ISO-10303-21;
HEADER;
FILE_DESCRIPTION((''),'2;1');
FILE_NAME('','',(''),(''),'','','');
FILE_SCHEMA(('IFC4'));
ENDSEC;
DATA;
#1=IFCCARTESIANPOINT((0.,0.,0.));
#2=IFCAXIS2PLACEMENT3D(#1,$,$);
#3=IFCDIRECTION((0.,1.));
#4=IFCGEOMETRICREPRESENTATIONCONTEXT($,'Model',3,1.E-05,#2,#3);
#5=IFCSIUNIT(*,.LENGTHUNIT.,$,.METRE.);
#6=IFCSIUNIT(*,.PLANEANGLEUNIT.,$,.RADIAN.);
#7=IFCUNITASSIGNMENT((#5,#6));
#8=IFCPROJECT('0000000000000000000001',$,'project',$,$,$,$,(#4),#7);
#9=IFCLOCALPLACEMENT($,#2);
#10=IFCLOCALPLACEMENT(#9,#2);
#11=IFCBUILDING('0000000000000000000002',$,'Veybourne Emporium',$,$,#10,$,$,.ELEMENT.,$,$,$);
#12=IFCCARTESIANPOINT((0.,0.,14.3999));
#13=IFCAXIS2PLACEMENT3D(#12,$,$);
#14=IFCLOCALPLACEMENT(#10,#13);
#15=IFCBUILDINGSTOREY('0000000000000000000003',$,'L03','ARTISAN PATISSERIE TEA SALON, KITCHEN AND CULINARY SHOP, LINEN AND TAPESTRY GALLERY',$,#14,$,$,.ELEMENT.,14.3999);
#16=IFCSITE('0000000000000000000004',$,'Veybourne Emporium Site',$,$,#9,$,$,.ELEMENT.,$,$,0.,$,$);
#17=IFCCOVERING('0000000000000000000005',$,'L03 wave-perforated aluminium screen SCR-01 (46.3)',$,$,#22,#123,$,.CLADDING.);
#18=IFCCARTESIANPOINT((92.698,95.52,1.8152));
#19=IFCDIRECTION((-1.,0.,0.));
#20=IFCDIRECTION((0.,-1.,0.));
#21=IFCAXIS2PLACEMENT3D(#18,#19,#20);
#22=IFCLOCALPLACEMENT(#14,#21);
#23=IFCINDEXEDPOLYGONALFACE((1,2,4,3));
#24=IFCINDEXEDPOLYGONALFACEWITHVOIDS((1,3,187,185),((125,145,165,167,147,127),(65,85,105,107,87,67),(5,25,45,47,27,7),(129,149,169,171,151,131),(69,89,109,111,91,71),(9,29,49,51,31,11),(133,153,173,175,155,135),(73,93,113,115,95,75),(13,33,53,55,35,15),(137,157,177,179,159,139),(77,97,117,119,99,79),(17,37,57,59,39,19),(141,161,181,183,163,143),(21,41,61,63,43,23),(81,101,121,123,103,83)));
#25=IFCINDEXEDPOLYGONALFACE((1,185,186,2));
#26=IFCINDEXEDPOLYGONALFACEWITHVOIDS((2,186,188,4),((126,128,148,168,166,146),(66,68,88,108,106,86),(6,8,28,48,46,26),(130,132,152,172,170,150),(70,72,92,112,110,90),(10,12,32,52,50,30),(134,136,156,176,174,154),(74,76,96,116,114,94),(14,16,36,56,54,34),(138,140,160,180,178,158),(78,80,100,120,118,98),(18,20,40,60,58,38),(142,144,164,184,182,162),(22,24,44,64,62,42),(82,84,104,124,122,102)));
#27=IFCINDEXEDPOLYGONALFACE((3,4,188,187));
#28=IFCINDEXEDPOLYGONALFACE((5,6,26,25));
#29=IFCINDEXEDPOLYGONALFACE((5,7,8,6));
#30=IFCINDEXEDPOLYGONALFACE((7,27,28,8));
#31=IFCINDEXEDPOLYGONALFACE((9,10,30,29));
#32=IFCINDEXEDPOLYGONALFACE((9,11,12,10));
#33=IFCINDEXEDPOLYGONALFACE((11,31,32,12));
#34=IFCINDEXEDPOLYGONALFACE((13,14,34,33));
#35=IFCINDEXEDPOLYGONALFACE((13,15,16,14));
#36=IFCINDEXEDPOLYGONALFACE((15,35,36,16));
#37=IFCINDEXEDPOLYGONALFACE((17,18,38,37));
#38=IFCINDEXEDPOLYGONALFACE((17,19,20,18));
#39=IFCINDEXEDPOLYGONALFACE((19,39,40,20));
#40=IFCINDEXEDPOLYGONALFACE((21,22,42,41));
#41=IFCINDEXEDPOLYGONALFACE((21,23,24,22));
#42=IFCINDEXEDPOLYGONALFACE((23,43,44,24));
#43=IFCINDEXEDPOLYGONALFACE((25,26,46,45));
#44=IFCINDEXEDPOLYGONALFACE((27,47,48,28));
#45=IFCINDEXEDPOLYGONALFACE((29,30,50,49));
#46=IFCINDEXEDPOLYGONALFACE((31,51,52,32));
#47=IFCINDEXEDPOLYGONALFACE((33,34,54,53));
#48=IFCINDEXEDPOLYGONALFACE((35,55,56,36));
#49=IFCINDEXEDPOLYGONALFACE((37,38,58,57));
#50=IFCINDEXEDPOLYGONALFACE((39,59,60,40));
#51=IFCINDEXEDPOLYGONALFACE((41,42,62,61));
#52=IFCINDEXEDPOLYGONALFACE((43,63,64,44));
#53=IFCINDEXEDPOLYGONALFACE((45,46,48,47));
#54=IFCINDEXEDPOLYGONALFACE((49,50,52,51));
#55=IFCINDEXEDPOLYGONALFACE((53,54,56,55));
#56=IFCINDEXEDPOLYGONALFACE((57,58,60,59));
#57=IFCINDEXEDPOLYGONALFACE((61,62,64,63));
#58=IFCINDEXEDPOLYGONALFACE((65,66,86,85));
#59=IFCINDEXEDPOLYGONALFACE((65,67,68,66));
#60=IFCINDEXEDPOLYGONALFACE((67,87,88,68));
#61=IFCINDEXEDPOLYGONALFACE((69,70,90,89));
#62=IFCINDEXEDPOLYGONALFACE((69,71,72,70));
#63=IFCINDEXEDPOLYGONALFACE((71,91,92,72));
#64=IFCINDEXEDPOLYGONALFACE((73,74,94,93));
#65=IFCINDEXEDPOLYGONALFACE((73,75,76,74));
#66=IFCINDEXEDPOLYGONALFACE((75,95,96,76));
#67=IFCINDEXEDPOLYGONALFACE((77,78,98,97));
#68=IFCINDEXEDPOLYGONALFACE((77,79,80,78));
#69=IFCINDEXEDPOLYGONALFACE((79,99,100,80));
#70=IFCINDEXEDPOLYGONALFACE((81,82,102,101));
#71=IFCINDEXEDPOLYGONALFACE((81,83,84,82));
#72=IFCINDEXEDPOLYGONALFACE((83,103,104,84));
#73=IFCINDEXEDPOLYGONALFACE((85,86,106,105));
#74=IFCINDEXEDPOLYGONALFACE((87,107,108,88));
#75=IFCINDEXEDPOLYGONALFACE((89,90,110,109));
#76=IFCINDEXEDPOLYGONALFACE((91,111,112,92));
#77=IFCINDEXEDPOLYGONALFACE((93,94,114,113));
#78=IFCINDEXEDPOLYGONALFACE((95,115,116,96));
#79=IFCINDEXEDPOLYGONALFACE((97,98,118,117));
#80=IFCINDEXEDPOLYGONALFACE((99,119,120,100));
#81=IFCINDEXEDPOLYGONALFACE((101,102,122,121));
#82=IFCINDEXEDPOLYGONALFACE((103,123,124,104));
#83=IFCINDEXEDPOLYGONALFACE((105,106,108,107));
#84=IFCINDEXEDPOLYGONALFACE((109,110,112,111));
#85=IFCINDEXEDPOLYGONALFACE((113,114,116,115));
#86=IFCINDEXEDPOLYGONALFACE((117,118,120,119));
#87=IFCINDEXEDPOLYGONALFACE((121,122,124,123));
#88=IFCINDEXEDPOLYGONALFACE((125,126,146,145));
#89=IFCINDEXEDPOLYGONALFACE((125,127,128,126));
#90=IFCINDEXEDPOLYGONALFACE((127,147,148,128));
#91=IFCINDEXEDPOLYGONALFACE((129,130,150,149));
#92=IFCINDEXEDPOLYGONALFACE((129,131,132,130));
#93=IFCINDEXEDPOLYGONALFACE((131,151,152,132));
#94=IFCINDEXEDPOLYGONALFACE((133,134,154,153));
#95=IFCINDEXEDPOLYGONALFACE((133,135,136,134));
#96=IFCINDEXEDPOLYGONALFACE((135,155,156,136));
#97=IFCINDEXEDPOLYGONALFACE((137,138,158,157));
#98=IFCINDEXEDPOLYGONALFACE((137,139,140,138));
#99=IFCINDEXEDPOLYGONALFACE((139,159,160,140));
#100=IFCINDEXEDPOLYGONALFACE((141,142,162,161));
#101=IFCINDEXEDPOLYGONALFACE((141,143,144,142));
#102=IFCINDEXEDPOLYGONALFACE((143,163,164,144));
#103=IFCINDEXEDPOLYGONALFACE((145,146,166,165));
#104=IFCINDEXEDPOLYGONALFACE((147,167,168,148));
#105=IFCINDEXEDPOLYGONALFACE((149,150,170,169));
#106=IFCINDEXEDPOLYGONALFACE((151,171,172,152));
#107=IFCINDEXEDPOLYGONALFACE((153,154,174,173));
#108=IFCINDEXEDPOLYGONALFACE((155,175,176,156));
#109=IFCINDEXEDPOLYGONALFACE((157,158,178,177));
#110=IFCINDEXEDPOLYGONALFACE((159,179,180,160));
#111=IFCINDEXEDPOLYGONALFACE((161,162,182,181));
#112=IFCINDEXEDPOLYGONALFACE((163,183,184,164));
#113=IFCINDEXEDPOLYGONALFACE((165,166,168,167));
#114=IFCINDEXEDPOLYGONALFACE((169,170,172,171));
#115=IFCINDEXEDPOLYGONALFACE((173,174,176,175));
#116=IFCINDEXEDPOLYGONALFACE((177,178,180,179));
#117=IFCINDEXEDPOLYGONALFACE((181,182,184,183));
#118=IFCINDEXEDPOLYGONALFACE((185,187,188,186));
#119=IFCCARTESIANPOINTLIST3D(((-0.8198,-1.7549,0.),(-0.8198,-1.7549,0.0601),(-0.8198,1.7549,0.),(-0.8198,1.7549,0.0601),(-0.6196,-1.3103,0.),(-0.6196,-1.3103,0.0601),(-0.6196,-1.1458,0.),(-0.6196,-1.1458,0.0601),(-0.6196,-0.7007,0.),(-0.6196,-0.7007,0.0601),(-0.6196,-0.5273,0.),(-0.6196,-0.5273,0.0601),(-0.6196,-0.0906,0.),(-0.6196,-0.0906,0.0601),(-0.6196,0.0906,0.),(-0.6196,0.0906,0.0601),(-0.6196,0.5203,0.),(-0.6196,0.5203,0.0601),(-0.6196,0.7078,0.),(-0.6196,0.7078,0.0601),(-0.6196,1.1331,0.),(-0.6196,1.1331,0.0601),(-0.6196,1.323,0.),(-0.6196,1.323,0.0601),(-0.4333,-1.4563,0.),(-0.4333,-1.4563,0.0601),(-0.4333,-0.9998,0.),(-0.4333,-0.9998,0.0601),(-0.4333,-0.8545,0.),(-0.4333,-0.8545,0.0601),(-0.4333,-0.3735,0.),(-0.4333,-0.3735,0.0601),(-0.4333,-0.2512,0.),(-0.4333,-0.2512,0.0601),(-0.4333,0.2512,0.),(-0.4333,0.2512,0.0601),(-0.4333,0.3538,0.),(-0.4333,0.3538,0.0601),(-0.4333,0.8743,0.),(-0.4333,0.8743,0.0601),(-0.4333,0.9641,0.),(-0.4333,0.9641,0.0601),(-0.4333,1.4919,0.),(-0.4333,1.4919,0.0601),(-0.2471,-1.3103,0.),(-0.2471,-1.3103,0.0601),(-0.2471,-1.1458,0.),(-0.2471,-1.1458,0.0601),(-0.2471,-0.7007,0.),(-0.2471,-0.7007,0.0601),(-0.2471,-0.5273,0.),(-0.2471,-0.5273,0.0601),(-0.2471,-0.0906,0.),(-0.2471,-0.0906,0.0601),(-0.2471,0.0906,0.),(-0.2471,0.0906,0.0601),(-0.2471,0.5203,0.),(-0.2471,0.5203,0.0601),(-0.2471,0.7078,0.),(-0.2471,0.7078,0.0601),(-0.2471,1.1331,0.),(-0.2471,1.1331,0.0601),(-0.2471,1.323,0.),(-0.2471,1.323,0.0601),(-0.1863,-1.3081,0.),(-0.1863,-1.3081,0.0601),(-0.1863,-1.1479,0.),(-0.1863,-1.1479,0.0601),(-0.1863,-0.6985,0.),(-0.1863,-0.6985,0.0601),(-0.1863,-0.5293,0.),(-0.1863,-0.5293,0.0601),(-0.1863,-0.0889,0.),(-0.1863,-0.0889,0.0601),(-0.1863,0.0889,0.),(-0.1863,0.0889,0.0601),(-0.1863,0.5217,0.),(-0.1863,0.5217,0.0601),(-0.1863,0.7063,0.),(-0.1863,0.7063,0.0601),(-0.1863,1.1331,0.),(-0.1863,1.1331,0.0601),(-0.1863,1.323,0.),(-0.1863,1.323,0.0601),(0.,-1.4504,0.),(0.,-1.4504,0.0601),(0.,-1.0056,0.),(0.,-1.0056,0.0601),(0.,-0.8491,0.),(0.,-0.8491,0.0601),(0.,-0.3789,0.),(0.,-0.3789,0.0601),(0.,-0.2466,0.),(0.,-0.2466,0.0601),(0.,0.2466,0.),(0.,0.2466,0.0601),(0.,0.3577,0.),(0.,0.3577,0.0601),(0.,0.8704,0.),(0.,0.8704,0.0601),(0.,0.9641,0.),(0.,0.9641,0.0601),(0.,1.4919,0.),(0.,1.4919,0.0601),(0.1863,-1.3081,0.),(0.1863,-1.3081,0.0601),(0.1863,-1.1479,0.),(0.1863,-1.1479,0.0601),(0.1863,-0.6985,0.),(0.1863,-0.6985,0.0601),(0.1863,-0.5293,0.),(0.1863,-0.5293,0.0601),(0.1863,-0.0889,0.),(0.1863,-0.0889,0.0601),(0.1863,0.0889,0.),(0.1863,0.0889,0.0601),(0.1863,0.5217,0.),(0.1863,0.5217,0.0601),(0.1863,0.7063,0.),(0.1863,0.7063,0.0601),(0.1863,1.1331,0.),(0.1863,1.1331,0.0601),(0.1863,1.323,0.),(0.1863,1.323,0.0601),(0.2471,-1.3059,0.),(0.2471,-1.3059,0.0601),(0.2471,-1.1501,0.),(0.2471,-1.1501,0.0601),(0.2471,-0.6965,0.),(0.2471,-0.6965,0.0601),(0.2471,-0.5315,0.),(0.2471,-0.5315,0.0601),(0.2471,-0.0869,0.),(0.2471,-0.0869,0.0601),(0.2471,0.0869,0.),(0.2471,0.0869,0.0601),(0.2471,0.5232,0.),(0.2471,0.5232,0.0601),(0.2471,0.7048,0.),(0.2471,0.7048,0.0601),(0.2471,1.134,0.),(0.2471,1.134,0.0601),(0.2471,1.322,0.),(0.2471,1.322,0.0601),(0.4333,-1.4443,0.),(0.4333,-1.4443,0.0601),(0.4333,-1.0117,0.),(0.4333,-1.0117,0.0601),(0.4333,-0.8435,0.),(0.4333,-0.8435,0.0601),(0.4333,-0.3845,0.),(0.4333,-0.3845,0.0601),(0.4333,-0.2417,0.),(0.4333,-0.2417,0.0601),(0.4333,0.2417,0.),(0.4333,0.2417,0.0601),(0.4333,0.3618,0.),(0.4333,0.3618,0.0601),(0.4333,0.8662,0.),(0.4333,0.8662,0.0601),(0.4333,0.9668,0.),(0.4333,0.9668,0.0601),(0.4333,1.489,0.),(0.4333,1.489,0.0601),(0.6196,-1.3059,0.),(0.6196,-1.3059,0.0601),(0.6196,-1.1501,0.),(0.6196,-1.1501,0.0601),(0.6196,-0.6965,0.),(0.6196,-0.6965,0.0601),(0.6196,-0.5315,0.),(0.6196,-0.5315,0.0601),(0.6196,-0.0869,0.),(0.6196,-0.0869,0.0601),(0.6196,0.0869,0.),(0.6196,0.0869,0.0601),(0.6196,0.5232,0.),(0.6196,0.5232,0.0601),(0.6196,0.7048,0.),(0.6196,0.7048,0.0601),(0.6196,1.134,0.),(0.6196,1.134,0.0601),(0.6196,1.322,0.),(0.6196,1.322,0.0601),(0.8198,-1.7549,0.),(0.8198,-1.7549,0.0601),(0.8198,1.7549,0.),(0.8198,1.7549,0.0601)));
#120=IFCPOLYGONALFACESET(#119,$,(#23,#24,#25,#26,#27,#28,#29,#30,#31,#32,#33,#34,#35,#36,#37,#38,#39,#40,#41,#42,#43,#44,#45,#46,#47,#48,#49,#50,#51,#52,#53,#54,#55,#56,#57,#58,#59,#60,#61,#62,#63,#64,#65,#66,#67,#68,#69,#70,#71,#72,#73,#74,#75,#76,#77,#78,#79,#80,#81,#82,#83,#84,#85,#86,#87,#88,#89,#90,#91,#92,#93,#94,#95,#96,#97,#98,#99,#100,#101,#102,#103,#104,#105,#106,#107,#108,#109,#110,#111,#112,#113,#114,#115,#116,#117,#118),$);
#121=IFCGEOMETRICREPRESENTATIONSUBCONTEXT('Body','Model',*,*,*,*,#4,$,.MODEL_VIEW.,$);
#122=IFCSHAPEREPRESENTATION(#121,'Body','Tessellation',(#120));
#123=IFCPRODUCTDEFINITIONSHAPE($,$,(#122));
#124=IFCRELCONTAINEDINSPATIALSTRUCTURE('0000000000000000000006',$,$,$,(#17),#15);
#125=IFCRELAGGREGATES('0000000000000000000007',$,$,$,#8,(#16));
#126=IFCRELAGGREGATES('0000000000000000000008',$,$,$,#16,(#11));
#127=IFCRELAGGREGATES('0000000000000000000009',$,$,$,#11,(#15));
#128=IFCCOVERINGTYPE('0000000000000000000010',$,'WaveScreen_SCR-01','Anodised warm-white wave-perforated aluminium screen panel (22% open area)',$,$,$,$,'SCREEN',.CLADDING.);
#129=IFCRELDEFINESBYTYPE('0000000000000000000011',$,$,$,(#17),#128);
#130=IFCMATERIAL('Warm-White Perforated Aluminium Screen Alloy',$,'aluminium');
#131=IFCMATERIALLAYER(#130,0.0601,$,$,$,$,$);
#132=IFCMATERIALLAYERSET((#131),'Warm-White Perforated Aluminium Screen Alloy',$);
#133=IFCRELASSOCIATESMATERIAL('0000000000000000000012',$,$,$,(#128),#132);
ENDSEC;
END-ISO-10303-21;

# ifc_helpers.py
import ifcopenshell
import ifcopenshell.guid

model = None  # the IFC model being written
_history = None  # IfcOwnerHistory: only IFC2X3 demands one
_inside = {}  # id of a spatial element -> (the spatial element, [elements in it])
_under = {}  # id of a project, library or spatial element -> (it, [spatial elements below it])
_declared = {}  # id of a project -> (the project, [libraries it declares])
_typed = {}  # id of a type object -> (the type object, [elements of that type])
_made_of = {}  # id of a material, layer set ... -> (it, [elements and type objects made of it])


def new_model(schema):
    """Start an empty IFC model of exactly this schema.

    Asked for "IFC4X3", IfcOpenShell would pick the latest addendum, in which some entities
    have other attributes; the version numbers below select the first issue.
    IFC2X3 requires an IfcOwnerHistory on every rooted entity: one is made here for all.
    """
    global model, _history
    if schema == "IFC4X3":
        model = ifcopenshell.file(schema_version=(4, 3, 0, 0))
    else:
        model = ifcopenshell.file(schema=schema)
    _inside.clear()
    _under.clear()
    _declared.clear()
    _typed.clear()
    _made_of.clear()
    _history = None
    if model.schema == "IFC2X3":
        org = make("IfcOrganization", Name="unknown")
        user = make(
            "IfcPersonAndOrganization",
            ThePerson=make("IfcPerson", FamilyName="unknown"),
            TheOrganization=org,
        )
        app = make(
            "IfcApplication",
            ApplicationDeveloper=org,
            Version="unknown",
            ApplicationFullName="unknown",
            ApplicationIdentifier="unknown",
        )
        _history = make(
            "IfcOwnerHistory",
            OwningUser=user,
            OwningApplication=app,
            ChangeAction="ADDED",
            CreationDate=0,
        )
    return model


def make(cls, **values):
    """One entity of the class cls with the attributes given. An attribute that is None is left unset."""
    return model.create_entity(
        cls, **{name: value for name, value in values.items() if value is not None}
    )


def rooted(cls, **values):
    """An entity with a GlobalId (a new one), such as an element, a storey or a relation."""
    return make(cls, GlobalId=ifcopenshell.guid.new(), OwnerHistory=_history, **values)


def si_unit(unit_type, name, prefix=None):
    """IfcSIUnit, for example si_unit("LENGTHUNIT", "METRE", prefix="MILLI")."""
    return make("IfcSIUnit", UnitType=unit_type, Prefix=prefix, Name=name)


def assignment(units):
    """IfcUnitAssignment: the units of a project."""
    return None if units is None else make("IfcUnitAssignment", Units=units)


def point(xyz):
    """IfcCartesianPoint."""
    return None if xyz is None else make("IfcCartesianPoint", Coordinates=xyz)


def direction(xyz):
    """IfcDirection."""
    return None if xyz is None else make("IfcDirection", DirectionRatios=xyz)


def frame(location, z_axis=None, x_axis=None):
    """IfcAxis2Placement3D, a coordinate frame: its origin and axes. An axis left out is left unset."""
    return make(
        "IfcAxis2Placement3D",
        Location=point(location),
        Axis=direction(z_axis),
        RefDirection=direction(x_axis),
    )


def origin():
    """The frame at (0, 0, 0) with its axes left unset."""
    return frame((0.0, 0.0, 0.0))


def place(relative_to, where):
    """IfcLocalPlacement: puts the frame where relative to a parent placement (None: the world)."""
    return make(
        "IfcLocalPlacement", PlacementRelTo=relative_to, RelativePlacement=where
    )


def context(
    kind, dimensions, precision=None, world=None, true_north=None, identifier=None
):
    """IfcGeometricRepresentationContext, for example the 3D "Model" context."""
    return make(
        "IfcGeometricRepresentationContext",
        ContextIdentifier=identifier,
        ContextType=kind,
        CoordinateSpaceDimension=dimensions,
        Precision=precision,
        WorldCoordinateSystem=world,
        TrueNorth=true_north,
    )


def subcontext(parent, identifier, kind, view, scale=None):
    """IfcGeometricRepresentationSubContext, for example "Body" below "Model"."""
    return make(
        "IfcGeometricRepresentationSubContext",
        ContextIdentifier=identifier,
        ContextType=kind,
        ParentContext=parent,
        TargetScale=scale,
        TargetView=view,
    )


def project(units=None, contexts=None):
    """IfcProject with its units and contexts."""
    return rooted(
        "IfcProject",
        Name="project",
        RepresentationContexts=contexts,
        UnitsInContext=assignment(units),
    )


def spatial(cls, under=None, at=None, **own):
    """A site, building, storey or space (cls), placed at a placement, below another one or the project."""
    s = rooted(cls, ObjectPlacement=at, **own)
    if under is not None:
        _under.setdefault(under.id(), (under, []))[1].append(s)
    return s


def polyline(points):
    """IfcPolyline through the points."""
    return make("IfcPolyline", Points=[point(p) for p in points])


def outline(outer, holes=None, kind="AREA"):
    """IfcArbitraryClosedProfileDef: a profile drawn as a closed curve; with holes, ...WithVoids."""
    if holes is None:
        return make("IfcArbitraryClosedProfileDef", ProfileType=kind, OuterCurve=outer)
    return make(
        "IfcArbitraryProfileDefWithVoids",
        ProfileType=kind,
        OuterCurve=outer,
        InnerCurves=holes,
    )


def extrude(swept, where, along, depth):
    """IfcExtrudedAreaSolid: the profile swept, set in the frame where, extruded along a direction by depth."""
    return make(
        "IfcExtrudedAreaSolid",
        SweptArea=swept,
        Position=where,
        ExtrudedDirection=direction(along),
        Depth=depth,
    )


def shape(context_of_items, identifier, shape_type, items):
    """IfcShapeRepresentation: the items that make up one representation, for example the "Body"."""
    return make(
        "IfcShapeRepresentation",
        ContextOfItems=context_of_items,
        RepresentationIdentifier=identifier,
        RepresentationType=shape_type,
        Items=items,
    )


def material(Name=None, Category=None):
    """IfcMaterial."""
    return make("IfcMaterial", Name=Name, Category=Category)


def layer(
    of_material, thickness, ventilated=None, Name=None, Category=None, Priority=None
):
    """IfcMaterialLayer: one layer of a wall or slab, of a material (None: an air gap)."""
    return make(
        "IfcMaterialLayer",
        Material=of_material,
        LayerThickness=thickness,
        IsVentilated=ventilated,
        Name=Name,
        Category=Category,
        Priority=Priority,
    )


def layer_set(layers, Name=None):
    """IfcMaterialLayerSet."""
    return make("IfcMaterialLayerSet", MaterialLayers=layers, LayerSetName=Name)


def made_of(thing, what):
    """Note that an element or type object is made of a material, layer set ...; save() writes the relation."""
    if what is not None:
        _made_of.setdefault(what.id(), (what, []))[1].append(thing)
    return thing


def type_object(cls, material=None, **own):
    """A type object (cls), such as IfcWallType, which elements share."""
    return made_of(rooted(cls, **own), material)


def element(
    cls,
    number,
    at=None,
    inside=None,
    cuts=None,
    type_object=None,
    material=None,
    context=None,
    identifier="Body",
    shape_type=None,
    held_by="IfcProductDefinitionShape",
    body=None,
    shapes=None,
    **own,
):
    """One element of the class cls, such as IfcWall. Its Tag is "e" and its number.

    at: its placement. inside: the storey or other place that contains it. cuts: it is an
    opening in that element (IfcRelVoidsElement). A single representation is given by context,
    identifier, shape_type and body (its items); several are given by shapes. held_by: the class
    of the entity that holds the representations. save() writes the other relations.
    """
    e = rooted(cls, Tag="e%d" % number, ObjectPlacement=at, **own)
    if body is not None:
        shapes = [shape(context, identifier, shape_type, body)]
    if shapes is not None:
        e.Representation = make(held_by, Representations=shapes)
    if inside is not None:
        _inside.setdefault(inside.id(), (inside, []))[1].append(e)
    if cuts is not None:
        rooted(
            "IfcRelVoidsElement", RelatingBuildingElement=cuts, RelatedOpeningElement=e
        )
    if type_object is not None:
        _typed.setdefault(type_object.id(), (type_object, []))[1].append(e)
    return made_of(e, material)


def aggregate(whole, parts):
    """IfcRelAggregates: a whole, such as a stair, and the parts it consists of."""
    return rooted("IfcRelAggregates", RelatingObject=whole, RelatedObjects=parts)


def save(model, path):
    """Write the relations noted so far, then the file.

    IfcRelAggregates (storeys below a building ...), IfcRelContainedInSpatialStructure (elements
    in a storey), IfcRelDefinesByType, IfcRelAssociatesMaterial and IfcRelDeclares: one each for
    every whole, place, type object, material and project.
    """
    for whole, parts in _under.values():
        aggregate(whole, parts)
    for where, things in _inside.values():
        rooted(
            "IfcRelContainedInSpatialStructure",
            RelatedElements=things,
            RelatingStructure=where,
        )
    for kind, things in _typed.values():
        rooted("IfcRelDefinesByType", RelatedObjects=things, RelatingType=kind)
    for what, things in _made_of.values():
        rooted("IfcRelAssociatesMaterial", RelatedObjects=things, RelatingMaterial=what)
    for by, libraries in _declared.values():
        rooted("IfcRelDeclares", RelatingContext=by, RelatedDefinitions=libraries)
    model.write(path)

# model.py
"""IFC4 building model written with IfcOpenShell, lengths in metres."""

from ifc_helpers import new_model, si_unit, direction, frame, origin, place, context, subcontext, project, spatial, polyline, outline, extrude, material, layer, layer_set, type_object, element, save


model = new_model("IFC4")

# Units and contexts
model_context = context("Model", 3, precision=1e-05, world=origin(), true_north=direction((0.0, 1.0)))
body_context = subcontext(model_context, "Body", "Model", "MODEL_VIEW")
ifc_project = project(units=[si_unit("LENGTHUNIT", "METRE"), si_unit("PLANEANGLEUNIT", "RADIAN")], contexts=[model_context])

# Site, building, storey
site_placement = place(None, origin())
site = spatial("IfcSite", under=ifc_project, at=site_placement, Name="Veybourne Emporium Site", CompositionType="ELEMENT", RefElevation=0.0)
building_placement = place(site_placement, origin())
building = spatial("IfcBuilding", under=site, at=building_placement, Name="Veybourne Emporium", CompositionType="ELEMENT")
storey_placement = place(building_placement, frame((0.0, 0.0, 14.3999)))
storey = spatial("IfcBuildingStorey", under=building, at=storey_placement, Name="L03", Description="ARTISAN PATISSERIE TEA SALON, KITCHEN AND CULINARY SHOP, LINEN AND TAPESTRY GALLERY", CompositionType="ELEMENT", Elevation=14.3999)

# Covering
ifc_material_1 = material(Name="Warm-White Perforated Aluminium Screen Alloy", Category="aluminium")
ifc_layer_1 = layer(ifc_material_1, 0.0601)
ifc_layer_set_1 = layer_set([ifc_layer_1], Name="Warm-White Perforated Aluminium Screen Alloy")
covering_type_1 = type_object("IfcCoveringType", Name="WaveScreen_SCR-01", Description="Anodised warm-white wave-perforated aluminium screen panel (22% open area)", ElementType="SCREEN", PredefinedType="CLADDING", material=ifc_layer_set_1)
covering_1_placement = place(storey_placement, frame((92.698, 95.52, 1.8152), z_axis=(-1.0, 0.0, 0.0), x_axis=(0.0, -1.0, 0.0)))
element("IfcCovering", 1, at=covering_1_placement, inside=storey, type_object=covering_type_1, Name="L03 wave-perforated aluminium screen SCR-01 (46.3)", PredefinedType="CLADDING", context=body_context, shape_type="SweptSolid", body=[
    extrude(outline(polyline([(-0.8198, -1.7549), (0.8198, -1.7549), (0.8198, 1.7549), (-0.8198, 1.7549), (-0.8198, -1.7549)]), holes=[polyline([(-0.4333, -0.9998), (-0.2471, -1.1458), (-0.2471, -1.3103), (-0.4333, -1.4563), (-0.6196, -1.3103), (-0.6196, -1.1458), (-0.4333, -0.9998)]), polyline([(-0.4333, -0.3735), (-0.2471, -0.5273), (-0.2471, -0.7007), (-0.4333, -0.8545), (-0.6196, -0.7007), (-0.6196, -0.5273), (-0.4333, -0.3735)]), polyline([(-0.4333, 0.2512), (-0.2471, 0.0906), (-0.2471, -0.0906), (-0.4333, -0.2512), (-0.6196, -0.0906), (-0.6196, 0.0906), (-0.4333, 0.2512)]), polyline([(-0.4333, 0.8743), (-0.2471, 0.7078), (-0.2471, 0.5203), (-0.4333, 0.3538), (-0.6196, 0.5203), (-0.6196, 0.7078), (-0.4333, 0.8743)]), polyline([(-0.4333, 1.4919), (-0.2471, 1.323), (-0.2471, 1.1331), (-0.4333, 0.9641), (-0.6196, 1.1331), (-0.6196, 1.323), (-0.4333, 1.4919)]), polyline([(0.0, -1.0056), (0.1863, -1.1479), (0.1863, -1.3081), (0.0, -1.4504), (-0.1863, -1.3081), (-0.1863, -1.1479), (0.0, -1.0056)]), polyline([(0.0, -0.3789), (0.1863, -0.5293), (0.1863, -0.6985), (0.0, -0.8491), (-0.1863, -0.6985), (-0.1863, -0.5293), (0.0, -0.3789)]), polyline([(0.0, 0.2466), (0.1863, 0.0889), (0.1863, -0.0889), (0.0, -0.2466), (-0.1863, -0.0889), (-0.1863, 0.0889), (0.0, 0.2466)]), polyline([(0.0, 0.8704), (0.1863, 0.7063), (0.1863, 0.5217), (0.0, 0.3577), (-0.1863, 0.5217), (-0.1863, 0.7063), (0.0, 0.8704)]), polyline([(0.0, 1.4919), (0.1863, 1.323), (0.1863, 1.1331), (0.0, 0.9641), (-0.1863, 1.1331), (-0.1863, 1.323), (0.0, 1.4919)]), polyline([(0.4333, -1.0117), (0.6196, -1.1501), (0.6196, -1.3059), (0.4333, -1.4443), (0.2471, -1.3059), (0.2471, -1.1501), (0.4333, -1.0117)]), polyline([(0.4333, -0.3845), (0.6196, -0.5315), (0.6196, -0.6965), (0.4333, -0.8435), (0.2471, -0.6965), (0.2471, -0.5315), (0.4333, -0.3845)]), polyline([(0.4333, 0.2417), (0.6196, 0.0869), (0.6196, -0.0869), (0.4333, -0.2417), (0.2471, -0.0869), (0.2471, 0.0869), (0.4333, 0.2417)]), polyline([(0.4333, 0.8662), (0.6196, 0.7048), (0.6196, 0.5232), (0.4333, 0.3618), (0.2471, 0.5232), (0.2471, 0.7048), (0.4333, 0.8662)]), polyline([(0.4333, 1.489), (0.6196, 1.322), (0.6196, 1.134), (0.4333, 0.9668), (0.2471, 1.134), (0.2471, 1.322), (0.4333, 1.489)])]), origin(), (0.0, 0.0, 1.0), 0.0601),
])

save(model, "model.ifc")
